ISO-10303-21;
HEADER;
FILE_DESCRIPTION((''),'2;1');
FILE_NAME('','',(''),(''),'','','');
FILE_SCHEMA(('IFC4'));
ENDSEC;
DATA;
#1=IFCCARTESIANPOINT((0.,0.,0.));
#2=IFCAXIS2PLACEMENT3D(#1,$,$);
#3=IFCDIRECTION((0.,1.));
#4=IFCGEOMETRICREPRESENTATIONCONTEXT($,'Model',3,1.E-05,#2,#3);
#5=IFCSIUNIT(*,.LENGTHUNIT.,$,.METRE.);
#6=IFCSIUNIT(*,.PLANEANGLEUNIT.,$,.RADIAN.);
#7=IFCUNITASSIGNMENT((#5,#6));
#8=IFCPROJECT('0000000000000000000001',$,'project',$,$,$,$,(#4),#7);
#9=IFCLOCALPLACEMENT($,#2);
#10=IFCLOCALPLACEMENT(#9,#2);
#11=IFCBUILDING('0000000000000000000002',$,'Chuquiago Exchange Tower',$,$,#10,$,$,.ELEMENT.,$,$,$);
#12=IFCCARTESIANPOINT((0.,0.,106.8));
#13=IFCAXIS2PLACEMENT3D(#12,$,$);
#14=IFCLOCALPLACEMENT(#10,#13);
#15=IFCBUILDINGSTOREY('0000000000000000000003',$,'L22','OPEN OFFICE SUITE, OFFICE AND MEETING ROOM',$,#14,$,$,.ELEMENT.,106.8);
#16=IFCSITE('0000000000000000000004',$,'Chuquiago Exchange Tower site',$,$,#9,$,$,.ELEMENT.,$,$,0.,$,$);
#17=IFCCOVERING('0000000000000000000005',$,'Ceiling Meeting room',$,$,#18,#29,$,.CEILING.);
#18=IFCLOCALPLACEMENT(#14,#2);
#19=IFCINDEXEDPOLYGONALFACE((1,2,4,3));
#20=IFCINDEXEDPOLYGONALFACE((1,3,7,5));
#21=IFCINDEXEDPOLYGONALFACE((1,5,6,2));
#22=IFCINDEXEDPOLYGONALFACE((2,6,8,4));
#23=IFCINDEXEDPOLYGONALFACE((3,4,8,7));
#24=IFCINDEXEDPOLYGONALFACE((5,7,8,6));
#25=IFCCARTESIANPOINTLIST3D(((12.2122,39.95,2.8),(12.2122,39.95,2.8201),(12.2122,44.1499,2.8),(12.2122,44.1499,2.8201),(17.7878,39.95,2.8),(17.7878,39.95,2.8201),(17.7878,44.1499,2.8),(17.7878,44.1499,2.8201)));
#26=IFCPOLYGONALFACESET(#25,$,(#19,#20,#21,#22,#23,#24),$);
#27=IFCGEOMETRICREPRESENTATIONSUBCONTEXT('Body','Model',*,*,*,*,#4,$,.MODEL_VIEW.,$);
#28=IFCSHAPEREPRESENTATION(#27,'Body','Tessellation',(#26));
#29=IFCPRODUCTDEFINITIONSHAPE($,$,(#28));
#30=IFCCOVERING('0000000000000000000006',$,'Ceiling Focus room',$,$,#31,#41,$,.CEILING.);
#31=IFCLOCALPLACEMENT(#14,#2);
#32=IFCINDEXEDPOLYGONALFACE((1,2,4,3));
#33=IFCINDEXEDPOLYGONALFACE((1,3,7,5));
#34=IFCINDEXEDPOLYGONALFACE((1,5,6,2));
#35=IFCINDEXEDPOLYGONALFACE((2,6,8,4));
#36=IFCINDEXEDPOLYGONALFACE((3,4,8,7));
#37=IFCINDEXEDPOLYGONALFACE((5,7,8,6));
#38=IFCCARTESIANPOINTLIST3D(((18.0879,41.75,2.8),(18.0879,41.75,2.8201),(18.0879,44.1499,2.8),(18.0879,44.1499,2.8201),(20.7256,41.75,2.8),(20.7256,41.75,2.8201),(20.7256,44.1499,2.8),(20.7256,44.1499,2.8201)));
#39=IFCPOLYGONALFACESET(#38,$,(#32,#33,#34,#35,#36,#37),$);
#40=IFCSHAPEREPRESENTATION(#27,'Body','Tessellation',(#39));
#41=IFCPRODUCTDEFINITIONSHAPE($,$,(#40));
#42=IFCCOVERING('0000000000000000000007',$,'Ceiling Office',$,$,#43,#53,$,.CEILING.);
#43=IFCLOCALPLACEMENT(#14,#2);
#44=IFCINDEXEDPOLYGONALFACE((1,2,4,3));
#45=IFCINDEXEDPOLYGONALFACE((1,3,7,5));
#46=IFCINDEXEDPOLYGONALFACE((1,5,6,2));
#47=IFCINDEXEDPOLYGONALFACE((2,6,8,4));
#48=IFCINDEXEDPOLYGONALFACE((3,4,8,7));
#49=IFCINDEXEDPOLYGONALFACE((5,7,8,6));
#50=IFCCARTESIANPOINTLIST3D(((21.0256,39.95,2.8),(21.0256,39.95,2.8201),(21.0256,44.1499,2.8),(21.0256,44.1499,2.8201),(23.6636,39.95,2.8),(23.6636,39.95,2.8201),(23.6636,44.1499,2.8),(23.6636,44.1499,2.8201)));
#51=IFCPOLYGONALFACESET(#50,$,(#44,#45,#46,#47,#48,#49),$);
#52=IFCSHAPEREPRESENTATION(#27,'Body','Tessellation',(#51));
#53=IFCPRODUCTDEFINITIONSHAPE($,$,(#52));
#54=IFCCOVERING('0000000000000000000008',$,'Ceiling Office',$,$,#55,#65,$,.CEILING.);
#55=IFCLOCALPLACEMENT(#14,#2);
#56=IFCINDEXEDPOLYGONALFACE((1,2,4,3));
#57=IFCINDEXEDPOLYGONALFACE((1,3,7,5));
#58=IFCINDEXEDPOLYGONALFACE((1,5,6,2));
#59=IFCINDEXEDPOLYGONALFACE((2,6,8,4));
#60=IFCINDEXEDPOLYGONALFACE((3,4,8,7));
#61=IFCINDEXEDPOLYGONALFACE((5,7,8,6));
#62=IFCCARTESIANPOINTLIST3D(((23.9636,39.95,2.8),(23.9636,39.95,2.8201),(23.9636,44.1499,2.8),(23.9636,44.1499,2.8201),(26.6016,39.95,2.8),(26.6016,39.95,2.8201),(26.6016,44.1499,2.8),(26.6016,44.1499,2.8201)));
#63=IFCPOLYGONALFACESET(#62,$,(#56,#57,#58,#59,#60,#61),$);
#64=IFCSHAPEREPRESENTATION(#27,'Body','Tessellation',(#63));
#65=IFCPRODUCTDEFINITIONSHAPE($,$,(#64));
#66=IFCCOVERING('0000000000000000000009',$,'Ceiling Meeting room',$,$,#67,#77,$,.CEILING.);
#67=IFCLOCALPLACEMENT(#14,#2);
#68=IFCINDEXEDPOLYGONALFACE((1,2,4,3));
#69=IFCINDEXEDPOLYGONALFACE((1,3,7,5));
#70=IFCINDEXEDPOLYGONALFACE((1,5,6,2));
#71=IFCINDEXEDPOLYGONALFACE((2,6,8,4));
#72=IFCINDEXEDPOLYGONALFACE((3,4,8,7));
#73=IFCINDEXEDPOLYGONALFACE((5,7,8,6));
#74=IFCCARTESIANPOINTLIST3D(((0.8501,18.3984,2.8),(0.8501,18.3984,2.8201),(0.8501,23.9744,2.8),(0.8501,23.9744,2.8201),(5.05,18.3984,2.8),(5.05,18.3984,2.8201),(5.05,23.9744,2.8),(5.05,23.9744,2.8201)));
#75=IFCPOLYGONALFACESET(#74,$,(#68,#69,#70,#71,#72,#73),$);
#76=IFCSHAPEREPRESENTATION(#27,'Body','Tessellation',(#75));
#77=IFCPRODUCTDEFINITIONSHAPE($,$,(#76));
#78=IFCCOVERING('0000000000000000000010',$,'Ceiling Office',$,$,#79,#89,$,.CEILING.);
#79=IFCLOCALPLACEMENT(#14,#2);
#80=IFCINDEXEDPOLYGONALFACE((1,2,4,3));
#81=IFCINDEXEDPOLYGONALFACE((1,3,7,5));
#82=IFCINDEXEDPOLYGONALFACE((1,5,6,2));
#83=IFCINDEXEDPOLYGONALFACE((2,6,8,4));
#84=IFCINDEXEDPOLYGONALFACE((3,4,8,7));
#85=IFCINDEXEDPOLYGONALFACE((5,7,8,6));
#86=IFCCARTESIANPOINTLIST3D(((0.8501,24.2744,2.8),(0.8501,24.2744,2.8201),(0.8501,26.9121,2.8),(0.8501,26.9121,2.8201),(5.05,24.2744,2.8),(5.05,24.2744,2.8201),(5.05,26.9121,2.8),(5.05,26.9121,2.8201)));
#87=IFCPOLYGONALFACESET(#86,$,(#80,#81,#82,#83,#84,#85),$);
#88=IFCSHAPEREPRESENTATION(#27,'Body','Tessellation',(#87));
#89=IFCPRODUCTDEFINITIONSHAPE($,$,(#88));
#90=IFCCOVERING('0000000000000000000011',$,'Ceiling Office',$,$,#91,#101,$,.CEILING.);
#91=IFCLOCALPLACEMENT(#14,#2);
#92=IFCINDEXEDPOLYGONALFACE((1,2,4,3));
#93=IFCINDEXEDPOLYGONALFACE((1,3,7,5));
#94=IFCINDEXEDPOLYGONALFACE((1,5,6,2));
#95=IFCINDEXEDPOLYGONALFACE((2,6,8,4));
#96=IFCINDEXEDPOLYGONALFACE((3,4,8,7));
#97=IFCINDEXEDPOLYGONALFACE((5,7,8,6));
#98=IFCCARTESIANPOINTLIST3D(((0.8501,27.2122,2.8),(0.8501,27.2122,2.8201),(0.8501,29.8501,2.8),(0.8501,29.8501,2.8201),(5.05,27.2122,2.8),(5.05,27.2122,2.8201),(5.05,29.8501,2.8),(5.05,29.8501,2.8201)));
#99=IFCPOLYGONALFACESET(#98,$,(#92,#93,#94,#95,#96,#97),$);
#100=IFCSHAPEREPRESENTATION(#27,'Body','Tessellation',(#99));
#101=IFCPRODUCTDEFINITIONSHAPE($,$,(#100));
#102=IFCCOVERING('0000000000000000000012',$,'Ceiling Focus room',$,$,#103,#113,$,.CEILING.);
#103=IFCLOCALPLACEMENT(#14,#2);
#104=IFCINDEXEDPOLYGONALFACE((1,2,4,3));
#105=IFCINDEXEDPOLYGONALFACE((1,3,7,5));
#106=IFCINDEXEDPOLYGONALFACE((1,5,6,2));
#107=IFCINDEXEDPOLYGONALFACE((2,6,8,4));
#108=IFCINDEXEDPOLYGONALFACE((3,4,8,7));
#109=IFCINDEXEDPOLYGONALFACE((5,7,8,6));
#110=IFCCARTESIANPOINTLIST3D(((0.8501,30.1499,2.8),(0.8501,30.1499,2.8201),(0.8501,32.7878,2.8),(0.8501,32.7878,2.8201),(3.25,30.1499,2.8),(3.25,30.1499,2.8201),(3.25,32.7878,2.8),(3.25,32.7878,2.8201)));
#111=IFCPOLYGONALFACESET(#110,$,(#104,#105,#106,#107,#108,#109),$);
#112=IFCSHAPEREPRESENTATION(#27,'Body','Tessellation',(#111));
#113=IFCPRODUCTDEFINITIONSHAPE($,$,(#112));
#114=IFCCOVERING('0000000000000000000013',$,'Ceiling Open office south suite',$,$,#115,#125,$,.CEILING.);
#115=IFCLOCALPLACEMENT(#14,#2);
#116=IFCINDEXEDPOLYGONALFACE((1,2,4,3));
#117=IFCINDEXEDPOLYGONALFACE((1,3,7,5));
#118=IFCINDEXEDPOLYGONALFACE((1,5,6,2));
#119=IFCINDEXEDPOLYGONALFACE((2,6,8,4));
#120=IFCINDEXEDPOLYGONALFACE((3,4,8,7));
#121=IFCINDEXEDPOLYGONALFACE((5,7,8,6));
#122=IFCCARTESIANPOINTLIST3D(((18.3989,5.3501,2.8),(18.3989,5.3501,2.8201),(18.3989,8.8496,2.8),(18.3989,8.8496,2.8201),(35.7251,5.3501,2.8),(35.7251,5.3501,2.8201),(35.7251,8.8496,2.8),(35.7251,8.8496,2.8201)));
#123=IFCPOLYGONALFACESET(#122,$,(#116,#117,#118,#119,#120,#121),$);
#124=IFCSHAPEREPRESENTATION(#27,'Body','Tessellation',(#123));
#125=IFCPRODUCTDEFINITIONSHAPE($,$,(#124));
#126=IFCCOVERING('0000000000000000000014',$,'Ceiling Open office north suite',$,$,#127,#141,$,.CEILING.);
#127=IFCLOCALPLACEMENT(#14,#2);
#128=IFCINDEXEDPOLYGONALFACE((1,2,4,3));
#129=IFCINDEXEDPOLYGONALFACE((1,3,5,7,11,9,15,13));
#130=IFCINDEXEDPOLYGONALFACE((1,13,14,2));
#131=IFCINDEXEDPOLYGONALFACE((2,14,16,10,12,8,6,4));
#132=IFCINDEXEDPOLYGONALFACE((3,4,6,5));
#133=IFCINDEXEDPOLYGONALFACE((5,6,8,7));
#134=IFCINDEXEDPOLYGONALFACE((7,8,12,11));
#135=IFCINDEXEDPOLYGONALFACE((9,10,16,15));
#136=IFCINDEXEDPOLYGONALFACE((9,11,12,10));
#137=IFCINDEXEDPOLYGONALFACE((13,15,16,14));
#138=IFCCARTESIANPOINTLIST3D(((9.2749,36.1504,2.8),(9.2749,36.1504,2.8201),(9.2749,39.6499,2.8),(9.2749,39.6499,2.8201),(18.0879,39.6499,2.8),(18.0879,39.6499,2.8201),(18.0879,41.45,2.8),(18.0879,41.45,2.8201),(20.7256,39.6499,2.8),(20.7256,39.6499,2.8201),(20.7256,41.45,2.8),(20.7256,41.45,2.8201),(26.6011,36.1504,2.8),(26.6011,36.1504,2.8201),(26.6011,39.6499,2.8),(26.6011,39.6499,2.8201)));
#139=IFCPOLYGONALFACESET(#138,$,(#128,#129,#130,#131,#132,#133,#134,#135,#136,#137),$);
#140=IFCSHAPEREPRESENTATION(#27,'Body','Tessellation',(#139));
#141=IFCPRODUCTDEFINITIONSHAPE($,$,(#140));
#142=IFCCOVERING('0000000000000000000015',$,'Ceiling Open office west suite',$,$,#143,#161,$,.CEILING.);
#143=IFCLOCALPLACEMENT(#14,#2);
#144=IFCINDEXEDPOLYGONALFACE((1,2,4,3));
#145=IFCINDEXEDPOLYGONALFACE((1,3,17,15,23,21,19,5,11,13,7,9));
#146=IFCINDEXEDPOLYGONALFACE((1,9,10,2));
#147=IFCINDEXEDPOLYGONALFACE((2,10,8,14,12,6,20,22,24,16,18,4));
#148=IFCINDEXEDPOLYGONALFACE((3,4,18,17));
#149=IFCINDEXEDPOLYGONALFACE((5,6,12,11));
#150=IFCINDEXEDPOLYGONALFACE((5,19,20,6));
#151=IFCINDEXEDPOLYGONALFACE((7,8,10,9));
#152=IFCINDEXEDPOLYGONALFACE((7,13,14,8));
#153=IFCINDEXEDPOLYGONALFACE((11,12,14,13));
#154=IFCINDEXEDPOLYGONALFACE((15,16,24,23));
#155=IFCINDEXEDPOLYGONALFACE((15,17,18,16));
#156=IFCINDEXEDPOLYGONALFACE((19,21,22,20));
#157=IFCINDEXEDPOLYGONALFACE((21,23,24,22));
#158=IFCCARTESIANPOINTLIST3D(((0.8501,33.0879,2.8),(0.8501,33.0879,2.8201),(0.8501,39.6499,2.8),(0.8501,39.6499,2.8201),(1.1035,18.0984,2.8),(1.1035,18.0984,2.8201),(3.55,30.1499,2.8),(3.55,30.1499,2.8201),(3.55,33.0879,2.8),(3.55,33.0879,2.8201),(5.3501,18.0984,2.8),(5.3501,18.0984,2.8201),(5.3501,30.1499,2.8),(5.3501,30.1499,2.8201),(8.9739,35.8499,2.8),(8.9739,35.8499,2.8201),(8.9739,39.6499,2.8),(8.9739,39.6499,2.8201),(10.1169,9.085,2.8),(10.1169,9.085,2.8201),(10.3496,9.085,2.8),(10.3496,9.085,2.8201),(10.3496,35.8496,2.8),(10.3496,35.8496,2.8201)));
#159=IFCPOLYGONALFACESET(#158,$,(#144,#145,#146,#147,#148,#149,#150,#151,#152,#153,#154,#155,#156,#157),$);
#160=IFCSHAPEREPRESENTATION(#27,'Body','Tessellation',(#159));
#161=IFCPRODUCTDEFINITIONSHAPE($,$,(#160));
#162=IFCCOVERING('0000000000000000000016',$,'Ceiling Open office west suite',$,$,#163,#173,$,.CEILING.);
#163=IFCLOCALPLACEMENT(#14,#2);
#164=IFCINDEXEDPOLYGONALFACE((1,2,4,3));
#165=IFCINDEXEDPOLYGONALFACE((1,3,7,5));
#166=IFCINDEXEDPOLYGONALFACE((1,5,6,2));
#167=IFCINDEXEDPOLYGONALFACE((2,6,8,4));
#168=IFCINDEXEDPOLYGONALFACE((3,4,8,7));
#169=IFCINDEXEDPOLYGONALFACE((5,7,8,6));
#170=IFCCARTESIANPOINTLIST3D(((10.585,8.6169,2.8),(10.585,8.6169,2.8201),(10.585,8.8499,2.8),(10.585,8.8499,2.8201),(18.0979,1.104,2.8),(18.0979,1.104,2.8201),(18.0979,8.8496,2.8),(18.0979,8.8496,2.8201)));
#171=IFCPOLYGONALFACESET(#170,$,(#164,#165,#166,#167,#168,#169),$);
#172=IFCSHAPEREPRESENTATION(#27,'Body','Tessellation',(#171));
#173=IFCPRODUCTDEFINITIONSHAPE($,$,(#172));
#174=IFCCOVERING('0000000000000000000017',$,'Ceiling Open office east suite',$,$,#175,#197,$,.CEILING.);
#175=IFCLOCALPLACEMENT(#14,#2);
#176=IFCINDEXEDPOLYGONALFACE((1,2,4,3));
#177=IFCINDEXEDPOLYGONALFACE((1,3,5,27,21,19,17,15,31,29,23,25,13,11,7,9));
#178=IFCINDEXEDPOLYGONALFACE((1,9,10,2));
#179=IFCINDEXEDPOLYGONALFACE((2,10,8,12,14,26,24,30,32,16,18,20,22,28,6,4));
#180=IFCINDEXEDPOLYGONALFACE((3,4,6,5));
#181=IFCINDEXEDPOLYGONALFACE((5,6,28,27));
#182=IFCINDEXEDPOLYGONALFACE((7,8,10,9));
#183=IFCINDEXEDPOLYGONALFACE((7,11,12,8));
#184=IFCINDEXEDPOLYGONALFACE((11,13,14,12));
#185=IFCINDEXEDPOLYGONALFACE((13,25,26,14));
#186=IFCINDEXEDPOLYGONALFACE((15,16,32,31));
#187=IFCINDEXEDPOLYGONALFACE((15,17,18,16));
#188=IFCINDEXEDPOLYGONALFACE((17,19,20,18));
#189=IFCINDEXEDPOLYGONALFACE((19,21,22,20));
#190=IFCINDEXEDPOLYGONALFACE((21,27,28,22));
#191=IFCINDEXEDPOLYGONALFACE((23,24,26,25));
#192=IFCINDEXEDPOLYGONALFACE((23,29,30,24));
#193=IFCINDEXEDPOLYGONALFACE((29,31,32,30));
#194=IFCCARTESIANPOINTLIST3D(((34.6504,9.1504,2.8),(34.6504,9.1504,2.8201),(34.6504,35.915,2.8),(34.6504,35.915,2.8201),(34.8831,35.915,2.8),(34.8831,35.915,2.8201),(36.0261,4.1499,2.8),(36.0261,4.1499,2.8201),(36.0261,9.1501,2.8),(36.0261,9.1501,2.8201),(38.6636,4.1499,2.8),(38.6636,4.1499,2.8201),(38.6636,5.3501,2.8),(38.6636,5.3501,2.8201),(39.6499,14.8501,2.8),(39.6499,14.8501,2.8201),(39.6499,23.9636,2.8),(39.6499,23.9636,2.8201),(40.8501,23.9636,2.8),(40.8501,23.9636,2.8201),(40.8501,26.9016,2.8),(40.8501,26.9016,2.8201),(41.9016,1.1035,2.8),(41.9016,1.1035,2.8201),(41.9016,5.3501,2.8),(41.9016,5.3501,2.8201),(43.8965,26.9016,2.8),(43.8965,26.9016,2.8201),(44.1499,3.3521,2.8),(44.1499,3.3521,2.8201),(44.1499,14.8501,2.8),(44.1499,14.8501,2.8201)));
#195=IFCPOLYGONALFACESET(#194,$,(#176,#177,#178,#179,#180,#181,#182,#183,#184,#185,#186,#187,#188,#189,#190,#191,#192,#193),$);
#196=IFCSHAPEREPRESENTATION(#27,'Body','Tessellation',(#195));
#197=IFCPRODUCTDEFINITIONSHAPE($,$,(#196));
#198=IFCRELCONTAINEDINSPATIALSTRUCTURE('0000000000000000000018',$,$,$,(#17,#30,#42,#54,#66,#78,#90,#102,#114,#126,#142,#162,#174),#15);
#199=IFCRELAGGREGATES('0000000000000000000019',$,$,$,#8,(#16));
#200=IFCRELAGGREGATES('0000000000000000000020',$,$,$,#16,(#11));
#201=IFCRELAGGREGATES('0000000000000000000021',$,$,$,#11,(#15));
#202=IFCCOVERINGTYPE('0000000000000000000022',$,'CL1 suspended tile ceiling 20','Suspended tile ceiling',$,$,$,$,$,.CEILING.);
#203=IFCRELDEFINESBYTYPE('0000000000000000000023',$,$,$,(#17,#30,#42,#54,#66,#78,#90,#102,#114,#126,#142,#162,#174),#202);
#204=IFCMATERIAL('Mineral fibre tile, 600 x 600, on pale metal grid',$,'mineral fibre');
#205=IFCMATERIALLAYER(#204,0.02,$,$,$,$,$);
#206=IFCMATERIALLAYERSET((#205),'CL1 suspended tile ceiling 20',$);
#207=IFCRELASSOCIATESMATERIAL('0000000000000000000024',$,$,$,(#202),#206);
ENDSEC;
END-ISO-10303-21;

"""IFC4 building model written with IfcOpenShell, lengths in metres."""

from ifc_helpers import new_model, si_unit, direction, frame, origin, place, context, subcontext, project, spatial, polyline, outline, extrude, material, layer, layer_set, type_object, element, save


model = new_model("IFC4")

# Units and contexts
model_context = context("Model", 3, precision=1e-05, world=origin(), true_north=direction((0.0, 1.0)))
body_context = subcontext(model_context, "Body", "Model", "MODEL_VIEW")
ifc_project = project(units=[si_unit("LENGTHUNIT", "METRE"), si_unit("PLANEANGLEUNIT", "RADIAN")], contexts=[model_context])

# Site, building, storey
site_placement = place(None, origin())
site = spatial("IfcSite", under=ifc_project, at=site_placement, Name="Chuquiago Exchange Tower site", CompositionType="ELEMENT", RefElevation=0.0)
building_placement = place(site_placement, origin())
building = spatial("IfcBuilding", under=site, at=building_placement, Name="Chuquiago Exchange Tower", CompositionType="ELEMENT")
storey_placement = place(building_placement, frame((0.0, 0.0, 106.8)))
storey = spatial("IfcBuildingStorey", under=building, at=storey_placement, Name="L22", Description="OPEN OFFICE SUITE, OFFICE AND MEETING ROOM", CompositionType="ELEMENT", Elevation=106.8)

# Coverings
ifc_material_1 = material(Name="Mineral fibre tile, 600 x 600, on pale metal grid", Category="mineral fibre")
ifc_layer_1 = layer(ifc_material_1, 0.02)
ifc_layer_set_1 = layer_set([ifc_layer_1], Name="CL1 suspended tile ceiling 20")
covering_type_1 = type_object("IfcCoveringType", Name="CL1 suspended tile ceiling 20", Description="Suspended tile ceiling", PredefinedType="CEILING", material=ifc_layer_set_1)
covering_1_placement = place(storey_placement, frame((0.0, 0.0, 2.8)))
element("IfcCovering", 1, at=covering_1_placement, inside=storey, type_object=covering_type_1, Name="Ceiling Meeting room", PredefinedType="CEILING", context=body_context, shape_type="SweptSolid", body=[
    extrude(outline(polyline([(17.7878, 39.95), (12.2122, 39.95), (12.2122, 44.1499), (17.7878, 44.1499), (17.7878, 39.95)])), origin(), (0.0, 0.0, 1.0), 0.02),
])
covering_2_placement = place(storey_placement, frame((0.0, 0.0, 2.8)))
element("IfcCovering", 2, at=covering_2_placement, inside=storey, type_object=covering_type_1, Name="Ceiling Focus room", PredefinedType="CEILING", context=body_context, shape_type="SweptSolid", body=[
    extrude(outline(polyline([(20.7256, 41.75), (18.0879, 41.75), (18.0879, 44.1499), (20.7256, 44.1499), (20.7256, 41.75)])), origin(), (0.0, 0.0, 1.0), 0.02),
])
covering_3_placement = place(storey_placement, frame((0.0, 0.0, 2.8)))
element("IfcCovering", 3, at=covering_3_placement, inside=storey, type_object=covering_type_1, Name="Ceiling Office", PredefinedType="CEILING", context=body_context, shape_type="SweptSolid", body=[
    extrude(outline(polyline([(23.6636, 39.95), (21.0256, 39.95), (21.0256, 44.1499), (23.6636, 44.1499), (23.6636, 39.95)])), origin(), (0.0, 0.0, 1.0), 0.02),
])
covering_4_placement = place(storey_placement, frame((0.0, 0.0, 2.8)))
element("IfcCovering", 4, at=covering_4_placement, inside=storey, type_object=covering_type_1, Name="Ceiling Office", PredefinedType="CEILING", context=body_context, shape_type="SweptSolid", body=[
    extrude(outline(polyline([(26.6016, 39.95), (23.9636, 39.95), (23.9636, 44.1499), (26.6016, 44.1499), (26.6016, 39.95)])), origin(), (0.0, 0.0, 1.0), 0.02),
])
covering_5_placement = place(storey_placement, frame((0.0, 0.0, 2.8)))
element("IfcCovering", 5, at=covering_5_placement, inside=storey, type_object=covering_type_1, Name="Ceiling Meeting room", PredefinedType="CEILING", context=body_context, shape_type="SweptSolid", body=[
    extrude(outline(polyline([(0.8501, 23.9744), (5.05, 23.9744), (5.05, 18.3984), (0.8501, 18.3984), (0.8501, 23.9744)])), origin(), (0.0, 0.0, 1.0), 0.02),
])
covering_6_placement = place(storey_placement, frame((0.0, 0.0, 2.8)))
element("IfcCovering", 6, at=covering_6_placement, inside=storey, type_object=covering_type_1, Name="Ceiling Office", PredefinedType="CEILING", context=body_context, shape_type="SweptSolid", body=[
    extrude(outline(polyline([(5.05, 26.9121), (5.05, 24.2744), (0.8501, 24.2744), (0.8501, 26.9121), (5.05, 26.9121)])), origin(), (0.0, 0.0, 1.0), 0.02),
])
covering_7_placement = place(storey_placement, frame((0.0, 0.0, 2.8)))
element("IfcCovering", 7, at=covering_7_placement, inside=storey, type_object=covering_type_1, Name="Ceiling Office", PredefinedType="CEILING", context=body_context, shape_type="SweptSolid", body=[
    extrude(outline(polyline([(5.05, 29.8501), (5.05, 27.2122), (0.8501, 27.2122), (0.8501, 29.8501), (5.05, 29.8501)])), origin(), (0.0, 0.0, 1.0), 0.02),
])
covering_8_placement = place(storey_placement, frame((0.0, 0.0, 2.8)))
element("IfcCovering", 8, at=covering_8_placement, inside=storey, type_object=covering_type_1, Name="Ceiling Focus room", PredefinedType="CEILING", context=body_context, shape_type="SweptSolid", body=[
    extrude(outline(polyline([(3.25, 32.7878), (3.25, 30.1499), (0.8501, 30.1499), (0.8501, 32.7878), (3.25, 32.7878)])), origin(), (0.0, 0.0, 1.0), 0.02),
])
covering_9_placement = place(storey_placement, frame((0.0, 0.0, 2.8)))
element("IfcCovering", 9, at=covering_9_placement, inside=storey, type_object=covering_type_1, Name="Ceiling Open office south suite", PredefinedType="CEILING", context=body_context, shape_type="SweptSolid", body=[
    extrude(outline(polyline([(18.3989, 5.3501), (18.3989, 8.8496), (35.7251, 8.8496), (35.7251, 5.3501), (18.3989, 5.3501)])), origin(), (0.0, 0.0, 1.0), 0.02),
])
covering_10_placement = place(storey_placement, frame((0.0, 0.0, 2.8)))
element("IfcCovering", 10, at=covering_10_placement, inside=storey, type_object=covering_type_1, Name="Ceiling Open office north suite", PredefinedType="CEILING", context=body_context, shape_type="SweptSolid", body=[
    extrude(outline(polyline([(18.0879, 39.6499), (18.0879, 41.45), (20.7256, 41.45), (20.7256, 39.6499), (26.6011, 39.6499), (26.6011, 36.1504), (9.2749, 36.1504), (9.2749, 39.6499), (18.0879, 39.6499)])), origin(), (0.0, 0.0, 1.0), 0.02),
])
covering_11_placement = place(storey_placement, frame((0.0, 0.0, 2.8)))
element("IfcCovering", 11, at=covering_11_placement, inside=storey, type_object=covering_type_1, Name="Ceiling Open office west suite", PredefinedType="CEILING", context=body_context, shape_type="SweptSolid", body=[
    extrude(outline(polyline([(8.9739, 39.6499), (8.9739, 35.8499), (10.3496, 35.8496), (10.3496, 9.085), (10.1169, 9.085), (1.1035, 18.0984), (5.3501, 18.0984), (5.3501, 30.1499), (3.55, 30.1499), (3.55, 33.0879), (0.8501, 33.0879), (0.8501, 39.6499), (8.9739, 39.6499)])), origin(), (0.0, 0.0, 1.0), 0.02),
])
covering_12_placement = place(storey_placement, frame((0.0, 0.0, 2.8)))
element("IfcCovering", 12, at=covering_12_placement, inside=storey, type_object=covering_type_1, Name="Ceiling Open office west suite", PredefinedType="CEILING", context=body_context, shape_type="SweptSolid", body=[
    extrude(outline(polyline([(18.0979, 8.8496), (18.0979, 1.104), (10.585, 8.6169), (10.585, 8.8499), (18.0979, 8.8496)])), origin(), (0.0, 0.0, 1.0), 0.02),
])
covering_13_placement = place(storey_placement, frame((0.0, 0.0, 2.8)))
element("IfcCovering", 13, at=covering_13_placement, inside=storey, type_object=covering_type_1, Name="Ceiling Open office east suite", PredefinedType="CEILING", context=body_context, shape_type="SweptSolid", body=[
    extrude(outline(polyline([(43.8965, 26.9016), (40.8501, 26.9016), (40.8501, 23.9636), (39.6499, 23.9636), (39.6499, 14.8501), (44.1499, 14.8501), (44.1499, 3.3521), (41.9016, 1.1035), (41.9016, 5.3501), (38.6636, 5.3501), (38.6636, 4.1499), (36.0261, 4.1499), (36.0261, 9.1501), (34.6504, 9.1504), (34.6504, 35.915), (34.8831, 35.915), (43.8965, 26.9016)])), origin(), (0.0, 0.0, 1.0), 0.02),
])

save(model, "model.ifc")
